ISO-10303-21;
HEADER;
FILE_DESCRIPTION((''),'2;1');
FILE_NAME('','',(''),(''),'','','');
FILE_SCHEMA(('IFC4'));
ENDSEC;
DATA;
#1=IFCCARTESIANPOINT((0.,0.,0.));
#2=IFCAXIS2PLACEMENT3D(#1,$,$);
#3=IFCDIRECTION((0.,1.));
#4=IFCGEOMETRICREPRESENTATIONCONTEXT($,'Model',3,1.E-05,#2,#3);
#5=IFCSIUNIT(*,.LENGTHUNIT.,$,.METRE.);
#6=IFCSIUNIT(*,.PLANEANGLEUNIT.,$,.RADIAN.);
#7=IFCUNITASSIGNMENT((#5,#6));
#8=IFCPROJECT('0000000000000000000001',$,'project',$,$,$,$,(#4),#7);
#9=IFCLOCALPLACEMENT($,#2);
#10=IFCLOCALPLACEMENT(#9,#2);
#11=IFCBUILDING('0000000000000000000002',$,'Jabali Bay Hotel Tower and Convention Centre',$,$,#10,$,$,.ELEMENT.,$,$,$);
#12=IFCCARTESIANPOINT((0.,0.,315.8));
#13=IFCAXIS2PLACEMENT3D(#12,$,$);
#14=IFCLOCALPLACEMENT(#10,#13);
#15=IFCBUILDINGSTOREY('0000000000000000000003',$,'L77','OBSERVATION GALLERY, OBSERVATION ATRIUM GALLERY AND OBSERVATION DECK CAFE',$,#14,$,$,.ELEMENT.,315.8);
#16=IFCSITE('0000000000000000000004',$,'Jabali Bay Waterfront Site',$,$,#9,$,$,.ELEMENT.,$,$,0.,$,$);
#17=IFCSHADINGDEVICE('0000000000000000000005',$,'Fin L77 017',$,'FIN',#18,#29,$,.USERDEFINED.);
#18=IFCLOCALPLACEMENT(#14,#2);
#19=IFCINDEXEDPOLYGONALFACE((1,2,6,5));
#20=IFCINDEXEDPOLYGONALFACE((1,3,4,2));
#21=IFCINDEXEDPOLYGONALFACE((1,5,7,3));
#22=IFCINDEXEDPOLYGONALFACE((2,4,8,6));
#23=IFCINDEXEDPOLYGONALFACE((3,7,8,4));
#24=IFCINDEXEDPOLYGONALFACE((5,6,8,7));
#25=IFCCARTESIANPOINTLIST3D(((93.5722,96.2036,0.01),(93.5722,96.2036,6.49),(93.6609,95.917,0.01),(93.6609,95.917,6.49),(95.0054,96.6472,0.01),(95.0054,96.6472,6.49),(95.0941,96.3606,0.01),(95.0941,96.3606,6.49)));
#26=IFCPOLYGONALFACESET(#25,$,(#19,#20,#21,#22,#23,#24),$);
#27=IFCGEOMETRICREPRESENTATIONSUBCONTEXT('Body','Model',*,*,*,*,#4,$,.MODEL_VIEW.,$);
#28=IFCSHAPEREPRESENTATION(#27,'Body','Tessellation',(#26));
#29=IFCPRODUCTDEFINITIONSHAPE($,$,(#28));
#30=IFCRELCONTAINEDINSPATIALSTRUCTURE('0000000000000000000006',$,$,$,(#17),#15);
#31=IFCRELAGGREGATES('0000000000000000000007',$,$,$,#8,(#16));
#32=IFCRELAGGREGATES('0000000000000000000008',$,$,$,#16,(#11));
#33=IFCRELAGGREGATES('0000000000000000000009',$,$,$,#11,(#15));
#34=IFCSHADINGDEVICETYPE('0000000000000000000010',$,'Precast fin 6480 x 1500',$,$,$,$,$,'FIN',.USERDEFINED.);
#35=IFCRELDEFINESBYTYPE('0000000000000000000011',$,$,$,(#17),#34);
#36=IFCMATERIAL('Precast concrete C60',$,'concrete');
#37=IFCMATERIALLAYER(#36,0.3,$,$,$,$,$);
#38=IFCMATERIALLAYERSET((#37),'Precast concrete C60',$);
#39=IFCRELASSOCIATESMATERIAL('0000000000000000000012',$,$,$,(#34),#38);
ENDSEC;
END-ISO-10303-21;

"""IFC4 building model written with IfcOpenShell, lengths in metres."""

from ifc_helpers import new_model, si_unit, direction, frame, frame_2d, origin, place, context, subcontext, project, spatial, rectangle, extrude, material, layer, layer_set, type_object, element, save


model = new_model("IFC4")

# Units and contexts
model_context = context("Model", 3, precision=1e-05, world=origin(), true_north=direction((0.0, 1.0)))
body_context = subcontext(model_context, "Body", "Model", "MODEL_VIEW")
ifc_project = project(units=[si_unit("LENGTHUNIT", "METRE"), si_unit("PLANEANGLEUNIT", "RADIAN")], contexts=[model_context])

# Site, building, storey
site_placement = place(None, origin())
site = spatial("IfcSite", under=ifc_project, at=site_placement, Name="Jabali Bay Waterfront Site", CompositionType="ELEMENT", RefElevation=0.0)
building_placement = place(site_placement, origin())
building = spatial("IfcBuilding", under=site, at=building_placement, Name="Jabali Bay Hotel Tower and Convention Centre", CompositionType="ELEMENT")
storey_placement = place(building_placement, frame((0.0, 0.0, 315.8)))
storey = spatial("IfcBuildingStorey", under=building, at=storey_placement, Name="L77", Description="OBSERVATION GALLERY, OBSERVATION ATRIUM GALLERY AND OBSERVATION DECK CAFE", CompositionType="ELEMENT", Elevation=315.8)

# Shading device
ifc_material_1 = material(Name="Precast concrete C60", Category="concrete")
ifc_layer_1 = layer(ifc_material_1, 0.3)
ifc_layer_set_1 = layer_set([ifc_layer_1], Name="Precast concrete C60")
shading_device_type = type_object("IfcShadingDeviceType", Name="Precast fin 6480 x 1500", ElementType="FIN", PredefinedType="USERDEFINED", material=ifc_layer_set_1)
shading_device_placement = place(storey_placement, frame((93.6167, 96.0603, 0.01), z_axis=(0.0, 0.0, 1.0), x_axis=(0.955282, 0.295698, 0.0)))
element("IfcShadingDevice", 1, at=shading_device_placement, inside=storey, type_object=shading_device_type, Name="Fin L77 017", ObjectType="FIN", PredefinedType="USERDEFINED", context=body_context, shape_type="SweptSolid", body=[
    extrude(rectangle(XDim=1.5002, YDim=0.3, at=frame_2d((0.75, 0.0))), origin(), (0.0, 0.0, 1.0), 6.48),
])

save(model, "model.ifc")
